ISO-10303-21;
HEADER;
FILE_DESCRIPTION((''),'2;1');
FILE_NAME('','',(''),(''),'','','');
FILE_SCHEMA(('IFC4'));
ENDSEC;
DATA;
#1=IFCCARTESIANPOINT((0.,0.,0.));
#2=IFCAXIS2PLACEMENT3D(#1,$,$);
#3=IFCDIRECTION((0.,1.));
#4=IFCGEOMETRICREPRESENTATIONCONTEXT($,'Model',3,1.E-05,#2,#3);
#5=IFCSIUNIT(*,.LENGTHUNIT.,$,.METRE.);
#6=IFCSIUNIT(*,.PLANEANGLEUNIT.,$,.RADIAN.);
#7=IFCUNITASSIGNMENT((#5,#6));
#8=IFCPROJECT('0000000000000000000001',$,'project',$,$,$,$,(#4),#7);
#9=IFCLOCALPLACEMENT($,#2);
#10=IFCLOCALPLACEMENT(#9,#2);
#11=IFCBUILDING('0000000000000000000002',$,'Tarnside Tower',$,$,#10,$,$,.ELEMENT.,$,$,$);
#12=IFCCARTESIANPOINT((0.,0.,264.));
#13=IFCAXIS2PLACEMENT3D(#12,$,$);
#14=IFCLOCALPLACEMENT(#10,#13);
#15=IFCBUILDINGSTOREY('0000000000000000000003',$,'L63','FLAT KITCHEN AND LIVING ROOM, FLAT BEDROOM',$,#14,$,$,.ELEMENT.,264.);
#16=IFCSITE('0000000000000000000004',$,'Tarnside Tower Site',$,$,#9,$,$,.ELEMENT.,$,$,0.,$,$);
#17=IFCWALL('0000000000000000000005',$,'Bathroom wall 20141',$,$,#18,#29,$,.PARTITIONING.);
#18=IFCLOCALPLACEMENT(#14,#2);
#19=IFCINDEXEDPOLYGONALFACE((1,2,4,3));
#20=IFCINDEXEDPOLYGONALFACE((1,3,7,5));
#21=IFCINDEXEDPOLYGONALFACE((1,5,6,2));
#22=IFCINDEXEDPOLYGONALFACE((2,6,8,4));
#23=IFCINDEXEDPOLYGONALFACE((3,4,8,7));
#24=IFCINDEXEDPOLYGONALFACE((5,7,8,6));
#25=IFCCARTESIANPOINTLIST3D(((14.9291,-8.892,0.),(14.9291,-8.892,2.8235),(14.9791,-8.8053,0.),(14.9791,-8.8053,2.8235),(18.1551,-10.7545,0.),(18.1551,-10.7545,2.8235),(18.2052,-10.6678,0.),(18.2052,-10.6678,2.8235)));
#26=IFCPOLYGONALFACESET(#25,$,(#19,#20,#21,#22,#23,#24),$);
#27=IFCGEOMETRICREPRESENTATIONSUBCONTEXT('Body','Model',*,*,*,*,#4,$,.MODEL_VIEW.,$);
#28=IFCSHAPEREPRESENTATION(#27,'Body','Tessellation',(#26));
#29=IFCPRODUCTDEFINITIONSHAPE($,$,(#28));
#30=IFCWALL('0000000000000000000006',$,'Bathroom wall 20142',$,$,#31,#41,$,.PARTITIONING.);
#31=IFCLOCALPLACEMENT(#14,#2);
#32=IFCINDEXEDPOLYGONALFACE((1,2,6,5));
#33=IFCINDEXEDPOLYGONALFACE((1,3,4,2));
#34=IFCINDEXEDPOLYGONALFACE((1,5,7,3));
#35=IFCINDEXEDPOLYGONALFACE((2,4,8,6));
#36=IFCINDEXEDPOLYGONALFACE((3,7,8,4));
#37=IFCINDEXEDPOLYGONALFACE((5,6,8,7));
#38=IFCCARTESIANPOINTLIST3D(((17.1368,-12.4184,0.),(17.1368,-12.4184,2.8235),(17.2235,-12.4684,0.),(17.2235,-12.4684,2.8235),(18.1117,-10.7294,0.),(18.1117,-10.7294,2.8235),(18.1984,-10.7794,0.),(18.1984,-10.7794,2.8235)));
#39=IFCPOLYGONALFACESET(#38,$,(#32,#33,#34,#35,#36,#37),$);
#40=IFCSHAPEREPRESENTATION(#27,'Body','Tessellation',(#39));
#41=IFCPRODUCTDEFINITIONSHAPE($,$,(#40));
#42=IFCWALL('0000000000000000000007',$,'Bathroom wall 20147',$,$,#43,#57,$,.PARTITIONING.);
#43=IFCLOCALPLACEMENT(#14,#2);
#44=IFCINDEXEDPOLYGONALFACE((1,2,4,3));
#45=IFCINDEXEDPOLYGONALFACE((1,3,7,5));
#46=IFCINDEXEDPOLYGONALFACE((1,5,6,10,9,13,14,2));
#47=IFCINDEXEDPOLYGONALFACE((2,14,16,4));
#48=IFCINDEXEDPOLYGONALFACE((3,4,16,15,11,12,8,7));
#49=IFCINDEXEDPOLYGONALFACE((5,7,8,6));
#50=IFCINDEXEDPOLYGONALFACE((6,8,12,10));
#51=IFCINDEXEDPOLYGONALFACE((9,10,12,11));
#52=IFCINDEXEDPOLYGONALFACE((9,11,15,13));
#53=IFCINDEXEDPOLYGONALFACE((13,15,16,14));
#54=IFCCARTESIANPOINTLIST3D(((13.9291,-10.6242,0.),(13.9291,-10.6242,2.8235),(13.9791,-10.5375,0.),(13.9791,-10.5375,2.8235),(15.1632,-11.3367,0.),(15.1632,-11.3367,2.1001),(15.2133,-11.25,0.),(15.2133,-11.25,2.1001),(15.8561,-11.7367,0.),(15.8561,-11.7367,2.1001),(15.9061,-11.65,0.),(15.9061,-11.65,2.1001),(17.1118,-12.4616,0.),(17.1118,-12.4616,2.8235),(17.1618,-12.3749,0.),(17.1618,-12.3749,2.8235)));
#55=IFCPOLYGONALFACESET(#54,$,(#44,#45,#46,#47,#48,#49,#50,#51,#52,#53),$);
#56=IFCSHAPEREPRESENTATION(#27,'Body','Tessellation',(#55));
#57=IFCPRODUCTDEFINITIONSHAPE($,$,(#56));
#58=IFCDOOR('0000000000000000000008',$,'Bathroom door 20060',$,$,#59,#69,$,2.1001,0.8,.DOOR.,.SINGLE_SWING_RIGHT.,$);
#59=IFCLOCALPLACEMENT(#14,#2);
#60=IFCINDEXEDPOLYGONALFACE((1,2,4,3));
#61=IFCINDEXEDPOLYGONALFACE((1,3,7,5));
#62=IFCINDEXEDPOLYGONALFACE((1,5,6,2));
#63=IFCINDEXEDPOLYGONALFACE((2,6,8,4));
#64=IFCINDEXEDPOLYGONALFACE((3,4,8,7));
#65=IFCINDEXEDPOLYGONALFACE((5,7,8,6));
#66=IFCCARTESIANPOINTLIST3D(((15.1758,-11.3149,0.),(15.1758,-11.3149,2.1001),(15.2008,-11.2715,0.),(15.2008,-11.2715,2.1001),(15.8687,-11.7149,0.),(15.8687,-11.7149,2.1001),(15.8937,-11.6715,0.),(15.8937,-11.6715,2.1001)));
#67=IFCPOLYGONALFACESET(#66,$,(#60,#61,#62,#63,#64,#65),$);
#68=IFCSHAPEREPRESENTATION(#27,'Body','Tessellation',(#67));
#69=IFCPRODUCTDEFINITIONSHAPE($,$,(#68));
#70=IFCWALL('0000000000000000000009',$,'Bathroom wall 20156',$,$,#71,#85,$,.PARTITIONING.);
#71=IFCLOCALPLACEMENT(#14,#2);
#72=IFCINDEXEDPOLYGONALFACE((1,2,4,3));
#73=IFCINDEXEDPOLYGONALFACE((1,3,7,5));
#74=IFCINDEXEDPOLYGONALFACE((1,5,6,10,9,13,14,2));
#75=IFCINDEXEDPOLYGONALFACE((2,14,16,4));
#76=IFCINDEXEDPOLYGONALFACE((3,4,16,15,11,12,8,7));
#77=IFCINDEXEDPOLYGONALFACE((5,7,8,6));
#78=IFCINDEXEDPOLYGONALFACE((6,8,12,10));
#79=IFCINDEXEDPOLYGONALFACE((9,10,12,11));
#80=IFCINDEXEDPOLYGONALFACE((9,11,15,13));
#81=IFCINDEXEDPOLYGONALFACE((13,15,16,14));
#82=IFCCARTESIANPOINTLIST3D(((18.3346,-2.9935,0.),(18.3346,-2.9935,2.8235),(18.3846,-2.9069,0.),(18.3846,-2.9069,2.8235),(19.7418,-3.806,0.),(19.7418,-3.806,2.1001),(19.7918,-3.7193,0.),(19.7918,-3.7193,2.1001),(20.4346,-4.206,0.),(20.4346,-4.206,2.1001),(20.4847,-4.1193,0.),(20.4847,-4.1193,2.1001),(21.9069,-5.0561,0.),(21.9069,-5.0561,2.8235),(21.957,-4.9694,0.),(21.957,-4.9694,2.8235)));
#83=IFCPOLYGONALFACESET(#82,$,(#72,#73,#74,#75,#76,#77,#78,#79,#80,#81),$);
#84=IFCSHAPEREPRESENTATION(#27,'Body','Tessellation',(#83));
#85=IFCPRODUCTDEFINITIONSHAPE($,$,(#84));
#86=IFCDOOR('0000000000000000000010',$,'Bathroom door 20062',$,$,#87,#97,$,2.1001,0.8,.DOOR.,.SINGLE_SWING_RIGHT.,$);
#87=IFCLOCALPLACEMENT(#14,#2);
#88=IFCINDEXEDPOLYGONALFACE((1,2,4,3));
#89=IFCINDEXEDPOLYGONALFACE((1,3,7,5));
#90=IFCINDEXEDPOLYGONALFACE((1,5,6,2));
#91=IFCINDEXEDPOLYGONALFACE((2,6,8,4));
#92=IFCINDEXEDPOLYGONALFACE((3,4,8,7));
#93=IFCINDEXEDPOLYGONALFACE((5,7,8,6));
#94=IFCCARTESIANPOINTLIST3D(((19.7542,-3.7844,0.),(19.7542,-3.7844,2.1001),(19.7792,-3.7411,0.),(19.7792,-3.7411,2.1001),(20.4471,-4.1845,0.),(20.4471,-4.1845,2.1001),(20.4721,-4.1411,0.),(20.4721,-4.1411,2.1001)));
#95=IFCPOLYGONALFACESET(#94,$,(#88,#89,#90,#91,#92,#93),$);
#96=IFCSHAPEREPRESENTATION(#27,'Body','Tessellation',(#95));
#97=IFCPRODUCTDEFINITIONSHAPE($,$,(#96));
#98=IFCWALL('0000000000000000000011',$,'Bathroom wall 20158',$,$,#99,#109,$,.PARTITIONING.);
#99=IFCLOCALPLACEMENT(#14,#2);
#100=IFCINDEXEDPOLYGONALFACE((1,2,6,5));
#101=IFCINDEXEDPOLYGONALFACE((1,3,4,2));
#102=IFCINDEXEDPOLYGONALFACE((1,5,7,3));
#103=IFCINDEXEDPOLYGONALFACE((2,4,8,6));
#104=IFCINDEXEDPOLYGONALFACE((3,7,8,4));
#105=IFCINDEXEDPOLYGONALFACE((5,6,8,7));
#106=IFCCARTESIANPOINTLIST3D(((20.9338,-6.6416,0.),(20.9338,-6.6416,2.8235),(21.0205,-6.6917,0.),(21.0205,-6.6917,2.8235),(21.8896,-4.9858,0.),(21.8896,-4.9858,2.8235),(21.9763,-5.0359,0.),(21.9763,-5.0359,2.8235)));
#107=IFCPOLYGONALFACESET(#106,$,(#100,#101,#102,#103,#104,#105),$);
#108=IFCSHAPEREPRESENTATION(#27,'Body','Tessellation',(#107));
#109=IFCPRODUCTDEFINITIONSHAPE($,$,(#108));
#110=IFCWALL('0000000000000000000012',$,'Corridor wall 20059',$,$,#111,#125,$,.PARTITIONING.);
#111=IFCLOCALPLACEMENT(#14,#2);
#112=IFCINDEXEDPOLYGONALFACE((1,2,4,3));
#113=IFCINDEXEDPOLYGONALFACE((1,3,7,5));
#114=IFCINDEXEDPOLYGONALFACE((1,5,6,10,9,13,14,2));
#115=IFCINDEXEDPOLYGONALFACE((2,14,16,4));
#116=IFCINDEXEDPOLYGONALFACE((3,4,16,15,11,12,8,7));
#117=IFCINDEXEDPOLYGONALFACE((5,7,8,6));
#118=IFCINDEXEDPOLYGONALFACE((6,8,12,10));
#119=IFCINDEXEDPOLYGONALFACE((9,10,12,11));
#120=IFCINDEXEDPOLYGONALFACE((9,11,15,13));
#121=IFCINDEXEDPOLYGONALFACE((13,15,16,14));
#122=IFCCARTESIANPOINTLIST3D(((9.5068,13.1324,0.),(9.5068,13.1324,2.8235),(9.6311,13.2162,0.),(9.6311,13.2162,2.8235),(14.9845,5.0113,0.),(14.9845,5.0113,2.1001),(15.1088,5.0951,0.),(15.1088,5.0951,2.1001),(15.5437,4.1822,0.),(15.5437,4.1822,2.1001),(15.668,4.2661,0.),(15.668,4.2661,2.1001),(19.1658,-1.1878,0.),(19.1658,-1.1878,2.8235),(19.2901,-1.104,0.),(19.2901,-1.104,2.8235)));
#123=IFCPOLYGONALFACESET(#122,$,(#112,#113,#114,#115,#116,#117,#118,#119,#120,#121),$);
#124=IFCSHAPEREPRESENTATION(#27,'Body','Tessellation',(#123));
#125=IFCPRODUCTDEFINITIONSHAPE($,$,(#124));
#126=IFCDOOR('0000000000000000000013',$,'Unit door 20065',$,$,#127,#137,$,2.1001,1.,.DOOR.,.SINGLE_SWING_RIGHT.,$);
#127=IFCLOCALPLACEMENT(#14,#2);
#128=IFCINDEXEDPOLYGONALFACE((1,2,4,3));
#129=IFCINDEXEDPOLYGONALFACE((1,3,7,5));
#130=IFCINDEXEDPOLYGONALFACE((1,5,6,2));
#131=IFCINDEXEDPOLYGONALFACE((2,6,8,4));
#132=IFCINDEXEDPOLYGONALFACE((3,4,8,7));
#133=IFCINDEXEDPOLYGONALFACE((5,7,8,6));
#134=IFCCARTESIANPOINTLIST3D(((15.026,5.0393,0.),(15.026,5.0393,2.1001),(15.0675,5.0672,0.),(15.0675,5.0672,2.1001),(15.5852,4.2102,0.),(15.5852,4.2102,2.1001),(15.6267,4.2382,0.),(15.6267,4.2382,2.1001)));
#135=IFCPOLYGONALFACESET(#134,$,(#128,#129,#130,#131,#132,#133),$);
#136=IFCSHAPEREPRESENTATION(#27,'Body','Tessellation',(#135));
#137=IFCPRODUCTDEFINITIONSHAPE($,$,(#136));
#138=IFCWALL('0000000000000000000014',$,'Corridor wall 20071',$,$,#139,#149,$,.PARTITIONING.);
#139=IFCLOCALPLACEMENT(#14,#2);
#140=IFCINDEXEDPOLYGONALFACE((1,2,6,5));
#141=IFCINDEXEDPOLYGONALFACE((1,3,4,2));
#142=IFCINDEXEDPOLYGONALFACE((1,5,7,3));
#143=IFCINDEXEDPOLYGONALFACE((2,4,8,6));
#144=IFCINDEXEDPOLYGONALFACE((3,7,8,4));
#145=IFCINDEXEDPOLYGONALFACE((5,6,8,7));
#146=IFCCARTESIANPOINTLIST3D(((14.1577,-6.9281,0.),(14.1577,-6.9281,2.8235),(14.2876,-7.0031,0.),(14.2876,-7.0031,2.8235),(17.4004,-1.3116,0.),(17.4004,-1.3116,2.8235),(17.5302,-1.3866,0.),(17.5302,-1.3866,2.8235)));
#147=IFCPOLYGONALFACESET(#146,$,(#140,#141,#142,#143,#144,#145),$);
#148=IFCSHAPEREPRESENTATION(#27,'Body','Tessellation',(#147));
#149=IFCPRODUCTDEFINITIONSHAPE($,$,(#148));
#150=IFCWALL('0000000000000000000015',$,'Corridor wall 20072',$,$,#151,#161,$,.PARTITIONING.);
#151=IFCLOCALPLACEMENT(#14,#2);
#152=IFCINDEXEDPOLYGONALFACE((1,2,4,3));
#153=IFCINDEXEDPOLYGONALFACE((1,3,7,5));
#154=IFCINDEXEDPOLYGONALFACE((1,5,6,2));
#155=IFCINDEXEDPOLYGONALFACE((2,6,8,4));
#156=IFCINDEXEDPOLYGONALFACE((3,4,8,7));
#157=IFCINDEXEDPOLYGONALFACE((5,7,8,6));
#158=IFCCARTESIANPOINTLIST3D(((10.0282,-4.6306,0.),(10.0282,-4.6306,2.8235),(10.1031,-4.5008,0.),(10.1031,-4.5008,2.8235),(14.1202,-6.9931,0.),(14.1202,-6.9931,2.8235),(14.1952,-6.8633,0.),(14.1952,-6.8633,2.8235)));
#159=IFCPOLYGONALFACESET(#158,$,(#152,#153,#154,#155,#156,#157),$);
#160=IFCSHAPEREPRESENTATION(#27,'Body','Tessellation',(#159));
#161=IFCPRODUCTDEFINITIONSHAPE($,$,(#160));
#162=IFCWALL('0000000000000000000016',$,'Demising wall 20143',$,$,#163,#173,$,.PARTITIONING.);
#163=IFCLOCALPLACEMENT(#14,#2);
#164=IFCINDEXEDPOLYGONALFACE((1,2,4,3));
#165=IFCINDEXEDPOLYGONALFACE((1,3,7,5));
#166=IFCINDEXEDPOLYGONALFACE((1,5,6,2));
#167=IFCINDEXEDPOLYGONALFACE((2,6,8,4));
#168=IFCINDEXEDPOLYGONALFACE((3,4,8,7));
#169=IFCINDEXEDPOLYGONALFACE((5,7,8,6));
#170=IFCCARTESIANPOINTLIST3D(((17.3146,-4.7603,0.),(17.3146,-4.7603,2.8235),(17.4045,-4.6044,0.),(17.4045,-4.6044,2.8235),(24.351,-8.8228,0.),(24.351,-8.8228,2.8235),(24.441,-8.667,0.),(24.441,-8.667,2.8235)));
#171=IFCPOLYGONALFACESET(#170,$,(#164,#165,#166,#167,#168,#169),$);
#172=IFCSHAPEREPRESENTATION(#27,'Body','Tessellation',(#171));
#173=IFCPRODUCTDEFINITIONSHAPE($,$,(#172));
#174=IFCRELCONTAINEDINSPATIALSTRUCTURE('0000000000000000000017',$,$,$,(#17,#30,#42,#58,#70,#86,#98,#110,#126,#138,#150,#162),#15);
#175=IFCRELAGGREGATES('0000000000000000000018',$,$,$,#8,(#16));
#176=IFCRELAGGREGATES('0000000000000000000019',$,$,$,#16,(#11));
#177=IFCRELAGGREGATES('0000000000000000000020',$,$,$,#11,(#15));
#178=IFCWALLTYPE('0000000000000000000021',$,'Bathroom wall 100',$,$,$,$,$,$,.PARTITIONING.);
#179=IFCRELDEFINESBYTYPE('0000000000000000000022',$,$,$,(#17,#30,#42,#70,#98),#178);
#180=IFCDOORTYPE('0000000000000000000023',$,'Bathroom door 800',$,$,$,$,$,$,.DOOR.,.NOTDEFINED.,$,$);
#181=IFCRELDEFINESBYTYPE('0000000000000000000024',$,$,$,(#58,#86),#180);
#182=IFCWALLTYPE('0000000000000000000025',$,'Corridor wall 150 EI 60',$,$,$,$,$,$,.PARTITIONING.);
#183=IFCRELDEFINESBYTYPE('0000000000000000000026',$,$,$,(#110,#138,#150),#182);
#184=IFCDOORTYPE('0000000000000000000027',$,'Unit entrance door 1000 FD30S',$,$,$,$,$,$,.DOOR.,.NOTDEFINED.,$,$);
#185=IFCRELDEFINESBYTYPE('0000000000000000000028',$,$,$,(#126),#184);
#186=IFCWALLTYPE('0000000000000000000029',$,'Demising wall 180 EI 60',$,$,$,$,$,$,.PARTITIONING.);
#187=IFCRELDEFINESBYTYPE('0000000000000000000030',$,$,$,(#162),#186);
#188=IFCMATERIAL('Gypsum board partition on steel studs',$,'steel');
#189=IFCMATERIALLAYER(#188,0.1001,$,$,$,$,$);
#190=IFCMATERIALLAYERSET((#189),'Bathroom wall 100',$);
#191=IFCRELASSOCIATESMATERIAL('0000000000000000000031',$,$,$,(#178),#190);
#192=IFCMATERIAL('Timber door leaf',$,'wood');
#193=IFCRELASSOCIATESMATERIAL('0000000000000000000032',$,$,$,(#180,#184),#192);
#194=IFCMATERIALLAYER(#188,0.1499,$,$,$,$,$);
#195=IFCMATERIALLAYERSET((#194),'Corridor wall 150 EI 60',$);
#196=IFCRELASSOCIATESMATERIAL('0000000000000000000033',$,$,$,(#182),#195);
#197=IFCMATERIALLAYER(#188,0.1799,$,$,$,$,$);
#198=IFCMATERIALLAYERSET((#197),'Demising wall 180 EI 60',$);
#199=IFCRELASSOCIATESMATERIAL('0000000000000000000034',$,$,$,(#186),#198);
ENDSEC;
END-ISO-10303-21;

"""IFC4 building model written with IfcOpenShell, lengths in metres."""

from ifc_helpers import new_model, si_unit, direction, frame, frame_2d, origin, place, context, subcontext, project, spatial, rectangle, extrude, material, layer, layer_set, type_object, element, fill, save


model = new_model("IFC4")

# Units and contexts
model_context = context("Model", 3, precision=1e-05, world=origin(), true_north=direction((0.0, 1.0)))
body_context = subcontext(model_context, "Body", "Model", "MODEL_VIEW")
ifc_project = project(units=[si_unit("LENGTHUNIT", "METRE"), si_unit("PLANEANGLEUNIT", "RADIAN")], contexts=[model_context])

# Site, building, storey
site_placement = place(None, origin())
site = spatial("IfcSite", under=ifc_project, at=site_placement, Name="Tarnside Tower Site", CompositionType="ELEMENT", RefElevation=0.0)
building_placement = place(site_placement, origin())
building = spatial("IfcBuilding", under=site, at=building_placement, Name="Tarnside Tower", CompositionType="ELEMENT")
storey_placement = place(building_placement, frame((0.0, 0.0, 264.0)))
storey = spatial("IfcBuildingStorey", under=building, at=storey_placement, Name="L63", Description="FLAT KITCHEN AND LIVING ROOM, FLAT BEDROOM", CompositionType="ELEMENT", Elevation=264.0)

# Walls
ifc_material_1 = material(Name="Gypsum board partition on steel studs", Category="steel")
ifc_layer_1 = layer(ifc_material_1, 0.1001)
ifc_layer_set_1 = layer_set([ifc_layer_1], Name="Bathroom wall 100")
wall_type_1 = type_object("IfcWallType", Name="Bathroom wall 100", PredefinedType="PARTITIONING", material=ifc_layer_set_1)
wall_1_placement = place(storey_placement, frame((14.9541, -8.8486, 0.0), z_axis=(0.0, 0.0, 1.0), x_axis=(0.866028, -0.499995, 0.0)))
element("IfcWall", 1, at=wall_1_placement, inside=storey, type_object=wall_type_1, Name="Bathroom wall 20141", PredefinedType="PARTITIONING", context=body_context, shape_type="SweptSolid", body=[
    extrude(rectangle(XDim=3.7251, YDim=0.1001, at=frame_2d((1.8625, 0.0))), origin(), (0.0, 0.0, 1.0), 2.8235),
])
wall_2_placement = place(storey_placement, frame((18.155, -10.7544, 0.0), z_axis=(0.0, 0.0, 1.0), x_axis=(-0.499896, -0.866086, 0.0)))
element("IfcWall", 2, at=wall_2_placement, inside=storey, type_object=wall_type_1, Name="Bathroom wall 20142", PredefinedType="PARTITIONING", context=body_context, shape_type="SweptSolid", body=[
    extrude(rectangle(XDim=1.9502, YDim=0.1001, at=frame_2d((0.9751, 0.0))), origin(), (0.0, 0.0, 1.0), 2.8235),
])

# Walls, openings, doors
wall_3_placement = place(storey_placement, frame((17.1367, -12.4182, 0.0), z_axis=(0.0, 0.0, 1.0), x_axis=(-0.866035, 0.499983, 0.0)))
wall_3 = element("IfcWall", 3, at=wall_3_placement, inside=storey, type_object=wall_type_1, Name="Bathroom wall 20147", PredefinedType="PARTITIONING", context=body_context, shape_type="SweptSolid", body=[
    extrude(rectangle(XDim=3.675, YDim=0.1001, at=frame_2d((1.8374, 0.0))), origin(), (0.0, 0.0, 1.0), 2.8235),
])
opening_1_placement = place(wall_3_placement, frame((1.45, 0.0, 0.0)))
opening_1 = element("IfcOpeningElement", 4, at=opening_1_placement, cuts=wall_3, PredefinedType="OPENING", context=body_context, shape_type="SweptSolid", body=[
    extrude(rectangle(XDim=0.8, YDim=2.1001, at=frame_2d((0.3999, 1.05))), frame((0.0, 0.0601, 0.0), z_axis=(0.0, -1.0, 0.0), x_axis=(1.0, 0.0, 0.0)), (0.0, 0.0, 1.0), 0.1201),
])
ifc_material_2 = material(Name="Timber door leaf", Category="wood")
door_type_1 = type_object("IfcDoorType", Name="Bathroom door 800", OperationType="NOTDEFINED", PredefinedType="DOOR", material=ifc_material_2)
door_1_placement = place(opening_1_placement, origin())
door_1 = element("IfcDoor", 5, at=door_1_placement, inside=storey, type_object=door_type_1, Name="Bathroom door 20060", OperationType="SINGLE_SWING_RIGHT", OverallHeight=2.1001, OverallWidth=0.8, PredefinedType="DOOR", context=body_context, shape_type="SweptSolid", body=[
    extrude(rectangle(XDim=0.8, YDim=2.1001, at=frame_2d((0.3999, 1.05))), frame((0.0, 0.0249, 0.0), z_axis=(0.0, -1.0, 0.0), x_axis=(1.0, 0.0, 0.0)), (0.0, 0.0, 1.0), 0.05),
])
fill(opening_1, door_1)
wall_4_placement = place(storey_placement, frame((18.3596, -2.9502, 0.0), z_axis=(0.0, 0.0, 1.0), x_axis=(0.86602, -0.500009, 0.0)))
wall_4 = element("IfcWall", 6, at=wall_4_placement, inside=storey, type_object=wall_type_1, Name="Bathroom wall 20156", PredefinedType="PARTITIONING", context=body_context, shape_type="SweptSolid", body=[
    extrude(rectangle(XDim=4.125, YDim=0.1001, at=frame_2d((2.0625, 0.0))), origin(), (0.0, 0.0, 1.0), 2.8235),
])
opening_2_placement = place(wall_4_placement, frame((1.625, 0.0, 0.0)))
opening_2 = element("IfcOpeningElement", 7, at=opening_2_placement, cuts=wall_4, PredefinedType="OPENING", context=body_context, shape_type="SweptSolid", body=[
    extrude(rectangle(XDim=0.8, YDim=2.1001, at=frame_2d((0.3999, 1.05))), frame((0.0, 0.0601, 0.0), z_axis=(0.0, -1.0, 0.0), x_axis=(1.0, 0.0, 0.0)), (0.0, 0.0, 1.0), 0.1201),
])
door_2_placement = place(opening_2_placement, origin())
door_2 = element("IfcDoor", 8, at=door_2_placement, inside=storey, type_object=door_type_1, Name="Bathroom door 20062", OperationType="SINGLE_SWING_RIGHT", OverallHeight=2.1001, OverallWidth=0.8, PredefinedType="DOOR", context=body_context, shape_type="SweptSolid", body=[
    extrude(rectangle(XDim=0.8, YDim=2.1001, at=frame_2d((0.3999, 1.05))), frame((0.0, 0.0249, 0.0), z_axis=(0.0, -1.0, 0.0), x_axis=(1.0, 0.0, 0.0)), (0.0, 0.0, 1.0), 0.05),
])
fill(opening_2, door_2)

# Wall
wall_5_placement = place(storey_placement, frame((20.9771, -6.6667, 0.0), z_axis=(0.0, 0.0, 1.0), x_axis=(0.499944, 0.866058, 0.0)))
element("IfcWall", 9, at=wall_5_placement, inside=storey, type_object=wall_type_1, Name="Bathroom wall 20158", PredefinedType="PARTITIONING", context=body_context, shape_type="SweptSolid", body=[
    extrude(rectangle(XDim=1.9119, YDim=0.1001, at=frame_2d((0.9561, 0.0))), origin(), (0.0, 0.0, 1.0), 2.8235),
])

# Wall, opening, door
ifc_layer_2 = layer(ifc_material_1, 0.1499)
ifc_layer_set_2 = layer_set([ifc_layer_2], Name="Corridor wall 150 EI 60")
wall_type_2 = type_object("IfcWallType", Name="Corridor wall 150 EI 60", PredefinedType="PARTITIONING", material=ifc_layer_set_2)
wall_6_placement = place(storey_placement, frame((19.228, -1.146, 0.0), z_axis=(0.0, 0.0, 1.0), x_axis=(-0.55919, 0.82904, 0.0)))
wall_6 = element("IfcWall", 10, at=wall_6_placement, inside=storey, type_object=wall_type_2, Name="Corridor wall 20059", PredefinedType="PARTITIONING", context=body_context, shape_type="SweptSolid", body=[
    extrude(rectangle(XDim=17.2732, YDim=0.1499, at=frame_2d((8.6367, 0.0))), origin(), (0.0, 0.0, 1.0), 2.8235),
])
opening_3_placement = place(wall_6_placement, frame((6.4775, 0.0, 0.0)))
opening_3 = element("IfcOpeningElement", 11, at=opening_3_placement, cuts=wall_6, PredefinedType="OPENING", context=body_context, shape_type="SweptSolid", body=[
    extrude(rectangle(XDim=1.0, YDim=2.1001, at=frame_2d((0.5, 1.05))), frame((0.0, 0.085, 0.0), z_axis=(0.0, -1.0, 0.0), x_axis=(1.0, 0.0, 0.0)), (0.0, 0.0, 1.0), 0.1699),
])
door_type_2 = type_object("IfcDoorType", Name="Unit entrance door 1000 FD30S", OperationType="NOTDEFINED", PredefinedType="DOOR", material=ifc_material_2)
door_3_placement = place(opening_3_placement, origin())
door_3 = element("IfcDoor", 12, at=door_3_placement, inside=storey, type_object=door_type_2, Name="Unit door 20065", OperationType="SINGLE_SWING_RIGHT", OverallHeight=2.1001, OverallWidth=1.0, PredefinedType="DOOR", context=body_context, shape_type="SweptSolid", body=[
    extrude(rectangle(XDim=1.0, YDim=2.1001, at=frame_2d((0.5, 1.05))), frame((0.0, 0.0249, 0.0), z_axis=(0.0, -1.0, 0.0), x_axis=(1.0, 0.0, 0.0)), (0.0, 0.0, 1.0), 0.05),
])
fill(opening_3, door_3)

# Walls
wall_7_placement = place(storey_placement, frame((17.4653, -1.3491, 0.0), z_axis=(0.0, 0.0, 1.0), x_axis=(-0.500002, -0.866024, 0.0)))
element("IfcWall", 13, at=wall_7_placement, inside=storey, type_object=wall_type_2, Name="Corridor wall 20071", PredefinedType="PARTITIONING", context=body_context, shape_type="SweptSolid", body=[
    extrude(rectangle(XDim=6.4854, YDim=0.1499, at=frame_2d((3.2427, 0.0))), origin(), (0.0, 0.0, 1.0), 2.8235),
])
wall_8_placement = place(storey_placement, frame((14.1577, -6.9282, 0.0), z_axis=(0.0, 0.0, 1.0), x_axis=(-0.866025, 0.500001, 0.0)))
element("IfcWall", 14, at=wall_8_placement, inside=storey, type_object=wall_type_2, Name="Corridor wall 20072", PredefinedType="PARTITIONING", context=body_context, shape_type="SweptSolid", body=[
    extrude(rectangle(XDim=4.7251, YDim=0.1499, at=frame_2d((2.3625, 0.0))), origin(), (0.0, 0.0, 1.0), 2.8235),
])
ifc_layer_3 = layer(ifc_material_1, 0.1799)
ifc_layer_set_3 = layer_set([ifc_layer_3], Name="Demising wall 180 EI 60")
wall_type_3 = type_object("IfcWallType", Name="Demising wall 180 EI 60", PredefinedType="PARTITIONING", material=ifc_layer_set_3)
wall_9_placement = place(storey_placement, frame((24.396, -8.7449, 0.0), z_axis=(0.0, 0.0, 1.0), x_axis=(-0.866023, 0.500004, 0.0)))
element("IfcWall", 15, at=wall_9_placement, inside=storey, type_object=wall_type_3, Name="Demising wall 20143", PredefinedType="PARTITIONING", context=body_context, shape_type="SweptSolid", body=[
    extrude(rectangle(XDim=8.125, YDim=0.1799, at=frame_2d((4.0625, 0.0))), origin(), (0.0, 0.0, 1.0), 2.8235),
])

save(model, "model.ifc")
